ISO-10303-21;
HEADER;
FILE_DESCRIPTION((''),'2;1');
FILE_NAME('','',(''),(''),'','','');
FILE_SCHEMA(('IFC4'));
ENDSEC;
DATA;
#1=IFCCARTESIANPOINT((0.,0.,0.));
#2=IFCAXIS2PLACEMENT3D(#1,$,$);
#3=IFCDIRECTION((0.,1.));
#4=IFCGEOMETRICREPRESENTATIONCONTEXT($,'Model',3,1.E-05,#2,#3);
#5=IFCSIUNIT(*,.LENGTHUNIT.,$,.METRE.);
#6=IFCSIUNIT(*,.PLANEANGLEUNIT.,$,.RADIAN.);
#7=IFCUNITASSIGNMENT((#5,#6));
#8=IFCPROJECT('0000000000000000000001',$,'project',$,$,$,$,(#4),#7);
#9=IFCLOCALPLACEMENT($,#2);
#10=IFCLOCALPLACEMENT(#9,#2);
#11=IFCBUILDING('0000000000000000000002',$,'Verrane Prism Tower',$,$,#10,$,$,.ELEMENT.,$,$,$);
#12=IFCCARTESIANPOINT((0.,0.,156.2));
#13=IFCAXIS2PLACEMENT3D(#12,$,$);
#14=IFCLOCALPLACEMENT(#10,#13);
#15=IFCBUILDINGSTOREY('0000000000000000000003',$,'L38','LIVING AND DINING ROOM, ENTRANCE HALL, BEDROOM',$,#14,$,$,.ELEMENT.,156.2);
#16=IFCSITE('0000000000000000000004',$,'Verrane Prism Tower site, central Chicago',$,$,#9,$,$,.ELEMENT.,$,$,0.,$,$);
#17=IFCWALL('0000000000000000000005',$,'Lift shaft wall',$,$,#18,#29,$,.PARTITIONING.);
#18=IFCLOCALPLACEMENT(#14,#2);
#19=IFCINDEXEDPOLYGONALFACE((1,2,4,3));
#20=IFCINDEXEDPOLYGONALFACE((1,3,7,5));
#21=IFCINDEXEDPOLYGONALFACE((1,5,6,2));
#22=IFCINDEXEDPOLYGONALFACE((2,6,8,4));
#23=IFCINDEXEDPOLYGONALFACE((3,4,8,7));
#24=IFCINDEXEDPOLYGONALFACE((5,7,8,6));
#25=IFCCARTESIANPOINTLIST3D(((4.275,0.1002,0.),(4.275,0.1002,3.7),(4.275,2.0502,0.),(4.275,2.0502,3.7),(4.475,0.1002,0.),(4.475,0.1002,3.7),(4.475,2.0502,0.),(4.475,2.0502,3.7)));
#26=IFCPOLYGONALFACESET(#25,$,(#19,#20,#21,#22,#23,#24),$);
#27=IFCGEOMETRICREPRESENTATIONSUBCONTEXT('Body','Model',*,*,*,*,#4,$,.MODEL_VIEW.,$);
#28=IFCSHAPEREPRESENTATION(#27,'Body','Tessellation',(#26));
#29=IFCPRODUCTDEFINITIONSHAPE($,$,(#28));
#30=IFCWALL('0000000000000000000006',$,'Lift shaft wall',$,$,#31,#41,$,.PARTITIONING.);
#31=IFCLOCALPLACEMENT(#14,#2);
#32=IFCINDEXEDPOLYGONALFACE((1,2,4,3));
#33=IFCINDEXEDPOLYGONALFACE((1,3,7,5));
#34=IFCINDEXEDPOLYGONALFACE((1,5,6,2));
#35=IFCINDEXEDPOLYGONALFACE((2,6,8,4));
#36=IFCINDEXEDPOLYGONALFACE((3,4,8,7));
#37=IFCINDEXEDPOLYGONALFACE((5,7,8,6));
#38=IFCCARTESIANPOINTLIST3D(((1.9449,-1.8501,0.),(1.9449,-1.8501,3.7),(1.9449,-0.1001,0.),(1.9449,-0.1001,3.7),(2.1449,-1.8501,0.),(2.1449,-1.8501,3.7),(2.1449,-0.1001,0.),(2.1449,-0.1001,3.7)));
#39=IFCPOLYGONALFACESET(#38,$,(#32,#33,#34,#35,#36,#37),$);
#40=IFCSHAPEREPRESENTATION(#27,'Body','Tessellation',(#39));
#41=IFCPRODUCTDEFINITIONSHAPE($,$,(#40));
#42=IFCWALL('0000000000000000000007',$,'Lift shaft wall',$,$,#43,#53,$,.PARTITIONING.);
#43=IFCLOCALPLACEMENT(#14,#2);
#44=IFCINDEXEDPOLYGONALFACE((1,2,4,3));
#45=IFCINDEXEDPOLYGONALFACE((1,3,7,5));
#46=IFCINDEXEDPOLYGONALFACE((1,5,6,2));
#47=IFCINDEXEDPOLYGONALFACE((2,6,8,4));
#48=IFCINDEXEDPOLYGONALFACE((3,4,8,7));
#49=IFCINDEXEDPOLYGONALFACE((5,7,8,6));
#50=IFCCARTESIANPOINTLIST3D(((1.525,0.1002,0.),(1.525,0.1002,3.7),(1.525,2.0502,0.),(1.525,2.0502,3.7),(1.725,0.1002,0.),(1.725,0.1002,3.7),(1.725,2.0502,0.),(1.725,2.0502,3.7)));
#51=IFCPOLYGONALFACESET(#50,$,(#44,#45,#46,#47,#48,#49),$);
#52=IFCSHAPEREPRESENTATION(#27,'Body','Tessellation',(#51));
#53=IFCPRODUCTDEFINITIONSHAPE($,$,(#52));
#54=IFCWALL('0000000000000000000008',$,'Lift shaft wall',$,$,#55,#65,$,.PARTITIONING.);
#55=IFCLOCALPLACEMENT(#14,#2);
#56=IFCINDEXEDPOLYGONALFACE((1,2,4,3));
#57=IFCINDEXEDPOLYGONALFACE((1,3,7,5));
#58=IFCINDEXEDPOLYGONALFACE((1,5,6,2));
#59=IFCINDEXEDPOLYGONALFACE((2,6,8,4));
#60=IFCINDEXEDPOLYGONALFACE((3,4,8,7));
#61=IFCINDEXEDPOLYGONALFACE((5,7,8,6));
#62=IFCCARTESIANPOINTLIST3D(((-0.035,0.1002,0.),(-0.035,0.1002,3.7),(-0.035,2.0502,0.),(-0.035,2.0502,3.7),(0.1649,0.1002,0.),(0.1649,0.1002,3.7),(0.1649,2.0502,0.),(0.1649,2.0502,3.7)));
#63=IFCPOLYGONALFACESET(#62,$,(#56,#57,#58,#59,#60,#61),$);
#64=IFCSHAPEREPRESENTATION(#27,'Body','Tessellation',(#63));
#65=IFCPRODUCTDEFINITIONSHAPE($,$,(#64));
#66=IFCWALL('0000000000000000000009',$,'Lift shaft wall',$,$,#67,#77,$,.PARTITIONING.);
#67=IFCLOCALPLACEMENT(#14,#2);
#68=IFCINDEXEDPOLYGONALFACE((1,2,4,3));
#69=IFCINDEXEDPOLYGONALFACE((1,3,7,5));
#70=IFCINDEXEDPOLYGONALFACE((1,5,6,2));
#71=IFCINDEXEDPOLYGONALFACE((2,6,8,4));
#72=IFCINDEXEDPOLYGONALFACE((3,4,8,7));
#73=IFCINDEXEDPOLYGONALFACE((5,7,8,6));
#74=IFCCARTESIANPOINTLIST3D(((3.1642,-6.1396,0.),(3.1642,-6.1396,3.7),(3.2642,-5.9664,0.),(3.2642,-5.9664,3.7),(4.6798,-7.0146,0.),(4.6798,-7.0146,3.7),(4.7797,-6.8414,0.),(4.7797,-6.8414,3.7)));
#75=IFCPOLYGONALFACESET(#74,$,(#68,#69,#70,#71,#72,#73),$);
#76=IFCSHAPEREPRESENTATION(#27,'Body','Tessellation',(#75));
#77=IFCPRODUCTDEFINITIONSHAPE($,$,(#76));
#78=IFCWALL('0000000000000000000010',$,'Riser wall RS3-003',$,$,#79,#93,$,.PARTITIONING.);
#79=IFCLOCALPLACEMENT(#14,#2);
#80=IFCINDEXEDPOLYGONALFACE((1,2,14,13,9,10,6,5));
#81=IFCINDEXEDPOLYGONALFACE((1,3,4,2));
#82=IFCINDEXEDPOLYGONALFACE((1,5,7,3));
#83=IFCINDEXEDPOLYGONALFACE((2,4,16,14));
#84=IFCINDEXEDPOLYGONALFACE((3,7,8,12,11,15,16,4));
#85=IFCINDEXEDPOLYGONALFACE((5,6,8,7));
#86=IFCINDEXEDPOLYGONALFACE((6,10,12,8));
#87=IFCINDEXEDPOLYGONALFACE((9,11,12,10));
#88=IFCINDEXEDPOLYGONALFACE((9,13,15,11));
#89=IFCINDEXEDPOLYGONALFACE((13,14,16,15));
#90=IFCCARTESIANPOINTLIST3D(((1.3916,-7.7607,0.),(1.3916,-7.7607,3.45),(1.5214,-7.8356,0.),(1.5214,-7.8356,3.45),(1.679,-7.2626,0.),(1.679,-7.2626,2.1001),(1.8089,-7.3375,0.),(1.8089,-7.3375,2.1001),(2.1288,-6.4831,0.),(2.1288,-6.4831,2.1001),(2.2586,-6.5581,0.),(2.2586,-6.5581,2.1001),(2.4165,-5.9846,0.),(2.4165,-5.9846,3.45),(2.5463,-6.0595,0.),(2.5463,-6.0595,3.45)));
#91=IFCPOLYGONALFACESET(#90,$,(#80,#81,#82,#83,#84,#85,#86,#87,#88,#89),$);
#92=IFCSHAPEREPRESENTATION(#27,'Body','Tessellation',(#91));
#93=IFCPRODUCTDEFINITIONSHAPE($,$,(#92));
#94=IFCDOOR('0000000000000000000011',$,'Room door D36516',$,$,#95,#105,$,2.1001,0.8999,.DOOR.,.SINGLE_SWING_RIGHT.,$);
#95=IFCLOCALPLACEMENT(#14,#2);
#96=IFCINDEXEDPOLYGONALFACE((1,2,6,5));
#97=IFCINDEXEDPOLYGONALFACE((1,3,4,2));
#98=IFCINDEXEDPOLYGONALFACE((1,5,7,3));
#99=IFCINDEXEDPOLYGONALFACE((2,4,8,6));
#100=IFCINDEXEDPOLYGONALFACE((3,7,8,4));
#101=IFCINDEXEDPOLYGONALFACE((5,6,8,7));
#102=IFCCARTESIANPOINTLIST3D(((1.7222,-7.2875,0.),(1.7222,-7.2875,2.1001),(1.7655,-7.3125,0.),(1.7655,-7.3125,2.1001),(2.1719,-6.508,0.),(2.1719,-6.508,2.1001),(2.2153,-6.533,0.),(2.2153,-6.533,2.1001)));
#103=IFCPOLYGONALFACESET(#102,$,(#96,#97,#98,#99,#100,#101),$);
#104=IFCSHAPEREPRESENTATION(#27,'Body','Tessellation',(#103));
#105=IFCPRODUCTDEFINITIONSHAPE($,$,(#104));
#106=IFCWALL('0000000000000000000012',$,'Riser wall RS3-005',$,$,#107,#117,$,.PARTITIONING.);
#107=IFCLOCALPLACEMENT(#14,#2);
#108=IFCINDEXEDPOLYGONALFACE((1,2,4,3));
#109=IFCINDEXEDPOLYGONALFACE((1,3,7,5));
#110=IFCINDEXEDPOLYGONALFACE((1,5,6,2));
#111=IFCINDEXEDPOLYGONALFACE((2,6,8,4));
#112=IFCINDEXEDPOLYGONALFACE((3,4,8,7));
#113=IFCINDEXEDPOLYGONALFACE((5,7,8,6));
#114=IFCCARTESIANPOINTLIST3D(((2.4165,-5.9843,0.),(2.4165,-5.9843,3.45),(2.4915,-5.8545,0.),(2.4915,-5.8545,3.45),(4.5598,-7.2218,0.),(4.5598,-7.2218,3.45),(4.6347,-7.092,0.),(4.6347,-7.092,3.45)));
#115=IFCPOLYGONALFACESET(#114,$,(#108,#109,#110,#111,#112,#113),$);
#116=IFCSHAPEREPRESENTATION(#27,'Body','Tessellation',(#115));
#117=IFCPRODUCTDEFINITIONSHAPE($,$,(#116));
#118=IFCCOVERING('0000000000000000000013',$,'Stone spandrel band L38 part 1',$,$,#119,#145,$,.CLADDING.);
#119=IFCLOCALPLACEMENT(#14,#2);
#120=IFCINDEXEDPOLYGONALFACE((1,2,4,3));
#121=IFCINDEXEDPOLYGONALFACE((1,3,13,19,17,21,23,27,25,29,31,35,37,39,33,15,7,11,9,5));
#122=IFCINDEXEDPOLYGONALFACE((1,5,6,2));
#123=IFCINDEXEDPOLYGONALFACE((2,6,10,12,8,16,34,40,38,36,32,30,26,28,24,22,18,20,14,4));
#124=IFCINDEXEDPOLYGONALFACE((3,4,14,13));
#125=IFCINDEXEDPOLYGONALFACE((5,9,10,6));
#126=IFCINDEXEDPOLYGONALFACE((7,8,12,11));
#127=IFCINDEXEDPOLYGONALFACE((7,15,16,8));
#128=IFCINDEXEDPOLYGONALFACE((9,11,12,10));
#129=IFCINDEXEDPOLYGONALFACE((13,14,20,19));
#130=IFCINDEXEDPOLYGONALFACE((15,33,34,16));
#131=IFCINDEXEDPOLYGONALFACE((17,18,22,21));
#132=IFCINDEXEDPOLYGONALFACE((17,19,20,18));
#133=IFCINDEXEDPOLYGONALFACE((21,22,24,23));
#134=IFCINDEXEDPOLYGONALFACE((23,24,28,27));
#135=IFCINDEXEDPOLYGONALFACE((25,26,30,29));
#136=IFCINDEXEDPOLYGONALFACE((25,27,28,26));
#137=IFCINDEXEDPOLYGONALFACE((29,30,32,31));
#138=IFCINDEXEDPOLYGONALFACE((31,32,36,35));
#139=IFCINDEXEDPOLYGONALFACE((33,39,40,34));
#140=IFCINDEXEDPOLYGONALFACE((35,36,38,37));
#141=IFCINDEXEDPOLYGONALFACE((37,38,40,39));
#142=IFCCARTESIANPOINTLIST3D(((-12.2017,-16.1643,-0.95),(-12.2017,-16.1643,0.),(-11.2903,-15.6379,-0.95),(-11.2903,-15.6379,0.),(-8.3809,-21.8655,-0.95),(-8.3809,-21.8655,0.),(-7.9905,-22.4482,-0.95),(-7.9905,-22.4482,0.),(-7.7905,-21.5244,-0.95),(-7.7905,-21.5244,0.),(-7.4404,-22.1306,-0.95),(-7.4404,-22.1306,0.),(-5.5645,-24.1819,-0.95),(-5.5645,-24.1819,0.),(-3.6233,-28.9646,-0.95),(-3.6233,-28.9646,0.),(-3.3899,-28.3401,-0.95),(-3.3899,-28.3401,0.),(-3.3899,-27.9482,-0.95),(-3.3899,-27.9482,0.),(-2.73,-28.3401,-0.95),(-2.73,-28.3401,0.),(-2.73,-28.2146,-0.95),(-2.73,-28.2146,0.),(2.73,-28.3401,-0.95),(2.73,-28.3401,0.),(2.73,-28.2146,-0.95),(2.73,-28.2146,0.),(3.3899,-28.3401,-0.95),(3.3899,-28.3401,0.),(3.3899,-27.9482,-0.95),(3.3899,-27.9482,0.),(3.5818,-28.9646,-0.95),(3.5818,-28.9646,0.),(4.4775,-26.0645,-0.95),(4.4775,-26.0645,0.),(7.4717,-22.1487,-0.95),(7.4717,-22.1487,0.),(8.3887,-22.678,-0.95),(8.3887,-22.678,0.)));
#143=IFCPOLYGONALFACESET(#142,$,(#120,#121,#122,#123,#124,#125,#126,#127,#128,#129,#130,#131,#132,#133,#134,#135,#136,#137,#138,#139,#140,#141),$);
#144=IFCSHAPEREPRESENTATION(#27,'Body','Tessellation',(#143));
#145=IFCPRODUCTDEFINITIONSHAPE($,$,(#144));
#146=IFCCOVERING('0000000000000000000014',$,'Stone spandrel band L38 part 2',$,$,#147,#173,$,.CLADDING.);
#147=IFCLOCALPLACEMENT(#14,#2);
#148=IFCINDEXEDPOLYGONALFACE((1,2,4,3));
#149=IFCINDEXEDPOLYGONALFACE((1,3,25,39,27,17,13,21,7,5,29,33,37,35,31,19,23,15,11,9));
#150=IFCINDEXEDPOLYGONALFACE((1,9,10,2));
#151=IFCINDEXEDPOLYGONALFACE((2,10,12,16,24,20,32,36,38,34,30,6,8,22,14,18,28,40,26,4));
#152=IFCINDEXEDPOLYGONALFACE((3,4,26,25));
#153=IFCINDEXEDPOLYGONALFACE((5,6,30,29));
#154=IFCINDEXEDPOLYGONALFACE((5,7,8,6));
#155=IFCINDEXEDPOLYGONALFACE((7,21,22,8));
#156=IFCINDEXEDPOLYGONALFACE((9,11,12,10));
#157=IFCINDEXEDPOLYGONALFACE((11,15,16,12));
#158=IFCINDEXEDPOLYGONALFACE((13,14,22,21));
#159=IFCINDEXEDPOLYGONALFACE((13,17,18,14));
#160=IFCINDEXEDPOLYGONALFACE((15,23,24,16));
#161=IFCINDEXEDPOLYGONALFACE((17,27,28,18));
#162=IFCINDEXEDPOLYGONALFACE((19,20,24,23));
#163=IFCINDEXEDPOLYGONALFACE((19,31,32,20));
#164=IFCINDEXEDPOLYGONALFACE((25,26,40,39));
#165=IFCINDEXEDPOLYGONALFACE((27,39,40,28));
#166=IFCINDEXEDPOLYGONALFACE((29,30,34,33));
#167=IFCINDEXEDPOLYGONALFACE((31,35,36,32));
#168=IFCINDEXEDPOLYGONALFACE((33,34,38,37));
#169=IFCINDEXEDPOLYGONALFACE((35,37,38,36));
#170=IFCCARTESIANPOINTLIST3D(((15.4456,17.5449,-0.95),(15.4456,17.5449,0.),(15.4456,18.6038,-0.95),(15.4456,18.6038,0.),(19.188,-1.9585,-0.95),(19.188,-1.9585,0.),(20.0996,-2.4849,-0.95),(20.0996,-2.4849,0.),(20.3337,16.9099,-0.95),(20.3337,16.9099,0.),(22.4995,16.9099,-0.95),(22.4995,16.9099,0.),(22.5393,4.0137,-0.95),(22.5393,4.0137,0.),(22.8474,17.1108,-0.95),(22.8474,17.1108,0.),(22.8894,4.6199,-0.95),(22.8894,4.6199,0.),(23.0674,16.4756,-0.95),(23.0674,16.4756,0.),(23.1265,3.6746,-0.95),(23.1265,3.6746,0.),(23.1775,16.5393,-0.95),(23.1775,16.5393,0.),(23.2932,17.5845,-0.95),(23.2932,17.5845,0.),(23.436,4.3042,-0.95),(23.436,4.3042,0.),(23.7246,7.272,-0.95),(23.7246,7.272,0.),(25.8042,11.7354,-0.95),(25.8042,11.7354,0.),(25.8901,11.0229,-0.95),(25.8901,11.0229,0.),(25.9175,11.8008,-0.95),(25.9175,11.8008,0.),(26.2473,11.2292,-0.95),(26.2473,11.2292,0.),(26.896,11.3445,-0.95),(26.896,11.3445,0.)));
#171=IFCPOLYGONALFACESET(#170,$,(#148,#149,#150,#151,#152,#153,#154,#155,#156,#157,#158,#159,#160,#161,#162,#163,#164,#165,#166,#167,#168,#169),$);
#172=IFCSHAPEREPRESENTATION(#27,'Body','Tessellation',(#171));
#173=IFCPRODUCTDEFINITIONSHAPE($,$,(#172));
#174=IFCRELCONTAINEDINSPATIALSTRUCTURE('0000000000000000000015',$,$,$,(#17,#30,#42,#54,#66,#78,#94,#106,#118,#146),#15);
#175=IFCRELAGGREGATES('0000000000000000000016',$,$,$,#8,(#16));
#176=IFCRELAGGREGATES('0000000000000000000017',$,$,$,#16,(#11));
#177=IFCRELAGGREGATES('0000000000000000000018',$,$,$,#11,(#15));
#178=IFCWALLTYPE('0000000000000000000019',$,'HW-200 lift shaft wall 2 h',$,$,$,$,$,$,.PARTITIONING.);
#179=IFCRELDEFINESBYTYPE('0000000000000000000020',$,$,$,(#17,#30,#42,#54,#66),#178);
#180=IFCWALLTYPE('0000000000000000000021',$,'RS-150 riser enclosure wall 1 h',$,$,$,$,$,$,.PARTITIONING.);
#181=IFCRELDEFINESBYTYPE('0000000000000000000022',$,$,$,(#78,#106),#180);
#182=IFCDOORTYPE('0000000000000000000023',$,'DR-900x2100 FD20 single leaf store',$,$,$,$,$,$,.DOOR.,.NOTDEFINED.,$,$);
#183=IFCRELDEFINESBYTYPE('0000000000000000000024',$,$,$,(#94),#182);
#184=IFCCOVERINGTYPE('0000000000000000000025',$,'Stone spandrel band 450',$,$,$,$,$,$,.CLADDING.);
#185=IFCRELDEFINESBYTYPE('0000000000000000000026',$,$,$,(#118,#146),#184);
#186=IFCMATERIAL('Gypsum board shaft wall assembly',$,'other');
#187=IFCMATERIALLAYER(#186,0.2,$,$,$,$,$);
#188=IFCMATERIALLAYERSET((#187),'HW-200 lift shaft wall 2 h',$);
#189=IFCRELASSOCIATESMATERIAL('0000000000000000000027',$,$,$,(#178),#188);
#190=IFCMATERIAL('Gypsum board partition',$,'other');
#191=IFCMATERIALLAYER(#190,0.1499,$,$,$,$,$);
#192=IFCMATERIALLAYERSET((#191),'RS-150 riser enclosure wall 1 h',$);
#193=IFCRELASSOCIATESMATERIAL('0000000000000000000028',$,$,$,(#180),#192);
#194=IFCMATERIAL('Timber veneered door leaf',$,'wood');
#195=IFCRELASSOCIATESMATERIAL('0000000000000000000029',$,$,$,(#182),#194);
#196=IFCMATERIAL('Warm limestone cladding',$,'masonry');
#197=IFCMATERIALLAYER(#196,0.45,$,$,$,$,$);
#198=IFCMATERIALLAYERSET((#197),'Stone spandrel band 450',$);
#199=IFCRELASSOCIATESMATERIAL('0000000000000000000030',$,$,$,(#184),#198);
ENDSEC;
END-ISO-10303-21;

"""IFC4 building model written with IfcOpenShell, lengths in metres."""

from ifc_helpers import new_model, si_unit, direction, frame, frame_2d, origin, place, context, subcontext, project, spatial, polyline, rectangle, outline, extrude, material, layer, layer_set, type_object, element, fill, save


model = new_model("IFC4")

# Units and contexts
model_context = context("Model", 3, precision=1e-05, world=origin(), true_north=direction((0.0, 1.0)))
body_context = subcontext(model_context, "Body", "Model", "MODEL_VIEW")
ifc_project = project(units=[si_unit("LENGTHUNIT", "METRE"), si_unit("PLANEANGLEUNIT", "RADIAN")], contexts=[model_context])

# Site, building, storey
site_placement = place(None, origin())
site = spatial("IfcSite", under=ifc_project, at=site_placement, Name="Verrane Prism Tower site, central Chicago", CompositionType="ELEMENT", RefElevation=0.0)
building_placement = place(site_placement, origin())
building = spatial("IfcBuilding", under=site, at=building_placement, Name="Verrane Prism Tower", CompositionType="ELEMENT")
storey_placement = place(building_placement, frame((0.0, 0.0, 156.2)))
storey = spatial("IfcBuildingStorey", under=building, at=storey_placement, Name="L38", Description="LIVING AND DINING ROOM, ENTRANCE HALL, BEDROOM", CompositionType="ELEMENT", Elevation=156.2)

# Shared definitions
ifc_material_1 = material(Name="Gypsum board shaft wall assembly", Category="other")
ifc_layer_1 = layer(ifc_material_1, 0.2)
ifc_layer_set_1 = layer_set([ifc_layer_1], Name="HW-200 lift shaft wall 2 h")
wall_type_1 = type_object("IfcWallType", Name="HW-200 lift shaft wall 2 h", PredefinedType="PARTITIONING", material=ifc_layer_set_1)

# Walls
wall_1_placement = place(storey_placement, frame((4.375, 0.1001, 0.0), z_axis=(0.0, 0.0, 1.0), x_axis=(0.0, 1.0, 0.0)))
element("IfcWall", 1, at=wall_1_placement, inside=storey, type_object=wall_type_1, Name="Lift shaft wall", PredefinedType="PARTITIONING", context=body_context, shape_type="SweptSolid", body=[
    extrude(rectangle(XDim=1.95, YDim=0.2, at=frame_2d((0.9751, 0.0))), origin(), (0.0, 0.0, 1.0), 3.7),
])
wall_2_placement = place(storey_placement, frame((2.0449, -1.8501, 0.0), z_axis=(0.0, 0.0, 1.0), x_axis=(0.0, 1.0, 0.0)))
element("IfcWall", 2, at=wall_2_placement, inside=storey, type_object=wall_type_1, Name="Lift shaft wall", PredefinedType="PARTITIONING", context=body_context, shape_type="SweptSolid", body=[
    extrude(rectangle(XDim=1.75, YDim=0.2, at=frame_2d((0.875, 0.0))), origin(), (0.0, 0.0, 1.0), 3.7),
])
for number, where, z_axis, x_axis, name in (
    (3, (1.625, 0.1001, 0.0), (0.0, 0.0, 1.0), (0.0, 1.0, 0.0), "Lift shaft wall"),
    (4, (0.0649, 0.1001, 0.0), (0.0, 0.0, 1.0), (0.0, 1.0, 0.0), "Lift shaft wall"),
):
    element("IfcWall", number, at=place(storey_placement, frame(where, z_axis=z_axis, x_axis=x_axis)), inside=storey, type_object=wall_type_1, Name=name, PredefinedType="PARTITIONING", context=body_context, shape_type="SweptSolid", body=[
        extrude(rectangle(XDim=1.95, YDim=0.2, at=frame_2d((0.9751, 0.0))), origin(), (0.0, 0.0, 1.0), 3.7),
    ])
wall_3_placement = place(storey_placement, frame((4.7297, -6.928, 0.0), z_axis=(0.0, 0.0, 1.0), x_axis=(-0.866037, 0.49998, 0.0)))
element("IfcWall", 5, at=wall_3_placement, inside=storey, type_object=wall_type_1, Name="Lift shaft wall", PredefinedType="PARTITIONING", context=body_context, shape_type="SweptSolid", body=[
    extrude(rectangle(XDim=1.75, YDim=0.2, at=frame_2d((0.875, 0.0))), origin(), (0.0, 0.0, 1.0), 3.7),
])

# Wall, opening, door
ifc_material_2 = material(Name="Gypsum board partition", Category="other")
ifc_layer_2 = layer(ifc_material_2, 0.1499)
ifc_layer_set_2 = layer_set([ifc_layer_2], Name="RS-150 riser enclosure wall 1 h")
wall_type_2 = type_object("IfcWallType", Name="RS-150 riser enclosure wall 1 h", PredefinedType="PARTITIONING", material=ifc_layer_set_2)
wall_4_placement = place(storey_placement, frame((2.4814, -6.022, 0.0), z_axis=(0.0, 0.0, 1.0), x_axis=(-0.499801, -0.86614, 0.0)))
wall_4 = element("IfcWall", 6, at=wall_4_placement, inside=storey, type_object=wall_type_2, Name="Riser wall RS3-003", PredefinedType="PARTITIONING", context=body_context, shape_type="SweptSolid", body=[
    extrude(rectangle(XDim=2.0505, YDim=0.1499, at=frame_2d((1.0254, 0.0))), origin(), (0.0, 0.0, 1.0), 3.45),
])
opening_1_placement = place(wall_4_placement, frame((0.5757, 0.0, 0.0)))
opening_1 = element("IfcOpeningElement", 7, at=opening_1_placement, cuts=wall_4, PredefinedType="OPENING", context=body_context, shape_type="SweptSolid", body=[
    extrude(rectangle(XDim=0.8999, YDim=2.1001, at=frame_2d((0.45, 1.05))), frame((0.0, 0.085, 0.0), z_axis=(0.0, -1.0, 0.0), x_axis=(1.0, 0.0, 0.0)), (0.0, 0.0, 1.0), 0.1699),
])
ifc_material_3 = material(Name="Timber veneered door leaf", Category="wood")
door_type_1 = type_object("IfcDoorType", Name="DR-900x2100 FD20 single leaf store", OperationType="NOTDEFINED", PredefinedType="DOOR", material=ifc_material_3)
door_1_placement = place(opening_1_placement, origin())
door_1 = element("IfcDoor", 8, at=door_1_placement, inside=storey, type_object=door_type_1, Name="Room door D36516", OperationType="SINGLE_SWING_RIGHT", OverallHeight=2.1001, OverallWidth=0.8999, PredefinedType="DOOR", context=body_context, shape_type="SweptSolid", body=[
    extrude(rectangle(XDim=0.8999, YDim=2.1001, at=frame_2d((0.45, 1.05))), frame((0.0, 0.0249, 0.0), z_axis=(0.0, -1.0, 0.0), x_axis=(1.0, 0.0, 0.0)), (0.0, 0.0, 1.0), 0.05),
])
fill(opening_1, door_1)

# Wall
wall_5_placement = place(storey_placement, frame((2.4541, -5.9194, 0.0), z_axis=(0.0, 0.0, 1.0), x_axis=(0.866007, -0.500033, 0.0)))
element("IfcWall", 9, at=wall_5_placement, inside=storey, type_object=wall_type_2, Name="Riser wall RS3-005", PredefinedType="PARTITIONING", context=body_context, shape_type="SweptSolid", body=[
    extrude(rectangle(XDim=2.4749, YDim=0.1499, at=frame_2d((1.2373, 0.0))), origin(), (0.0, 0.0, 1.0), 3.45),
])

# Coverings
ifc_material_4 = material(Name="Warm limestone cladding", Category="masonry")
ifc_layer_3 = layer(ifc_material_4, 0.45)
ifc_layer_set_3 = layer_set([ifc_layer_3], Name="Stone spandrel band 450")
covering_type = type_object("IfcCoveringType", Name="Stone spandrel band 450", PredefinedType="CLADDING", material=ifc_layer_set_3)
covering_1_placement = place(storey_placement, frame((0.0, 0.0, -0.95)))
element("IfcCovering", 10, at=covering_1_placement, inside=storey, type_object=covering_type, Name="Stone spandrel band L38 part 1", PredefinedType="CLADDING", context=body_context, shape_type="SweptSolid", body=[
    extrude(outline(polyline([(3.5818, -28.9646), (8.3887, -22.678), (7.4717, -22.1487), (4.4775, -26.0645), (3.3899, -27.9482), (3.3899, -28.3401), (2.73, -28.3401), (2.73, -28.2146), (-2.73, -28.2146), (-2.73, -28.3401), (-3.3899, -28.3401), (-3.3899, -27.9482), (-5.5645, -24.1819), (-11.2903, -15.6379), (-12.2017, -16.1643), (-8.3809, -21.8655), (-7.7905, -21.5244), (-7.4404, -22.1306), (-7.9905, -22.4482), (-3.6233, -28.9646), (3.5818, -28.9646)])), origin(), (0.0, 0.0, 1.0), 0.95),
])
covering_2_placement = place(storey_placement, frame((0.0, 0.0, -0.95)))
element("IfcCovering", 11, at=covering_2_placement, inside=storey, type_object=covering_type, Name="Stone spandrel band L38 part 2", PredefinedType="CLADDING", context=body_context, shape_type="SweptSolid", body=[
    extrude(outline(polyline([(15.4456, 17.5449), (20.3337, 16.9099), (22.4995, 16.9099), (22.8474, 17.1108), (23.1775, 16.5393), (23.0674, 16.4756), (25.8042, 11.7354), (25.9175, 11.8008), (26.2473, 11.2292), (25.8901, 11.0229), (23.7246, 7.272), (19.188, -1.9585), (20.0996, -2.4849), (23.1265, 3.6746), (22.5393, 4.0137), (22.8894, 4.6199), (23.436, 4.3042), (26.896, 11.3445), (23.2932, 17.5845), (15.4456, 18.6038), (15.4456, 17.5449)])), origin(), (0.0, 0.0, 1.0), 0.95),
])

save(model, "model.ifc")
